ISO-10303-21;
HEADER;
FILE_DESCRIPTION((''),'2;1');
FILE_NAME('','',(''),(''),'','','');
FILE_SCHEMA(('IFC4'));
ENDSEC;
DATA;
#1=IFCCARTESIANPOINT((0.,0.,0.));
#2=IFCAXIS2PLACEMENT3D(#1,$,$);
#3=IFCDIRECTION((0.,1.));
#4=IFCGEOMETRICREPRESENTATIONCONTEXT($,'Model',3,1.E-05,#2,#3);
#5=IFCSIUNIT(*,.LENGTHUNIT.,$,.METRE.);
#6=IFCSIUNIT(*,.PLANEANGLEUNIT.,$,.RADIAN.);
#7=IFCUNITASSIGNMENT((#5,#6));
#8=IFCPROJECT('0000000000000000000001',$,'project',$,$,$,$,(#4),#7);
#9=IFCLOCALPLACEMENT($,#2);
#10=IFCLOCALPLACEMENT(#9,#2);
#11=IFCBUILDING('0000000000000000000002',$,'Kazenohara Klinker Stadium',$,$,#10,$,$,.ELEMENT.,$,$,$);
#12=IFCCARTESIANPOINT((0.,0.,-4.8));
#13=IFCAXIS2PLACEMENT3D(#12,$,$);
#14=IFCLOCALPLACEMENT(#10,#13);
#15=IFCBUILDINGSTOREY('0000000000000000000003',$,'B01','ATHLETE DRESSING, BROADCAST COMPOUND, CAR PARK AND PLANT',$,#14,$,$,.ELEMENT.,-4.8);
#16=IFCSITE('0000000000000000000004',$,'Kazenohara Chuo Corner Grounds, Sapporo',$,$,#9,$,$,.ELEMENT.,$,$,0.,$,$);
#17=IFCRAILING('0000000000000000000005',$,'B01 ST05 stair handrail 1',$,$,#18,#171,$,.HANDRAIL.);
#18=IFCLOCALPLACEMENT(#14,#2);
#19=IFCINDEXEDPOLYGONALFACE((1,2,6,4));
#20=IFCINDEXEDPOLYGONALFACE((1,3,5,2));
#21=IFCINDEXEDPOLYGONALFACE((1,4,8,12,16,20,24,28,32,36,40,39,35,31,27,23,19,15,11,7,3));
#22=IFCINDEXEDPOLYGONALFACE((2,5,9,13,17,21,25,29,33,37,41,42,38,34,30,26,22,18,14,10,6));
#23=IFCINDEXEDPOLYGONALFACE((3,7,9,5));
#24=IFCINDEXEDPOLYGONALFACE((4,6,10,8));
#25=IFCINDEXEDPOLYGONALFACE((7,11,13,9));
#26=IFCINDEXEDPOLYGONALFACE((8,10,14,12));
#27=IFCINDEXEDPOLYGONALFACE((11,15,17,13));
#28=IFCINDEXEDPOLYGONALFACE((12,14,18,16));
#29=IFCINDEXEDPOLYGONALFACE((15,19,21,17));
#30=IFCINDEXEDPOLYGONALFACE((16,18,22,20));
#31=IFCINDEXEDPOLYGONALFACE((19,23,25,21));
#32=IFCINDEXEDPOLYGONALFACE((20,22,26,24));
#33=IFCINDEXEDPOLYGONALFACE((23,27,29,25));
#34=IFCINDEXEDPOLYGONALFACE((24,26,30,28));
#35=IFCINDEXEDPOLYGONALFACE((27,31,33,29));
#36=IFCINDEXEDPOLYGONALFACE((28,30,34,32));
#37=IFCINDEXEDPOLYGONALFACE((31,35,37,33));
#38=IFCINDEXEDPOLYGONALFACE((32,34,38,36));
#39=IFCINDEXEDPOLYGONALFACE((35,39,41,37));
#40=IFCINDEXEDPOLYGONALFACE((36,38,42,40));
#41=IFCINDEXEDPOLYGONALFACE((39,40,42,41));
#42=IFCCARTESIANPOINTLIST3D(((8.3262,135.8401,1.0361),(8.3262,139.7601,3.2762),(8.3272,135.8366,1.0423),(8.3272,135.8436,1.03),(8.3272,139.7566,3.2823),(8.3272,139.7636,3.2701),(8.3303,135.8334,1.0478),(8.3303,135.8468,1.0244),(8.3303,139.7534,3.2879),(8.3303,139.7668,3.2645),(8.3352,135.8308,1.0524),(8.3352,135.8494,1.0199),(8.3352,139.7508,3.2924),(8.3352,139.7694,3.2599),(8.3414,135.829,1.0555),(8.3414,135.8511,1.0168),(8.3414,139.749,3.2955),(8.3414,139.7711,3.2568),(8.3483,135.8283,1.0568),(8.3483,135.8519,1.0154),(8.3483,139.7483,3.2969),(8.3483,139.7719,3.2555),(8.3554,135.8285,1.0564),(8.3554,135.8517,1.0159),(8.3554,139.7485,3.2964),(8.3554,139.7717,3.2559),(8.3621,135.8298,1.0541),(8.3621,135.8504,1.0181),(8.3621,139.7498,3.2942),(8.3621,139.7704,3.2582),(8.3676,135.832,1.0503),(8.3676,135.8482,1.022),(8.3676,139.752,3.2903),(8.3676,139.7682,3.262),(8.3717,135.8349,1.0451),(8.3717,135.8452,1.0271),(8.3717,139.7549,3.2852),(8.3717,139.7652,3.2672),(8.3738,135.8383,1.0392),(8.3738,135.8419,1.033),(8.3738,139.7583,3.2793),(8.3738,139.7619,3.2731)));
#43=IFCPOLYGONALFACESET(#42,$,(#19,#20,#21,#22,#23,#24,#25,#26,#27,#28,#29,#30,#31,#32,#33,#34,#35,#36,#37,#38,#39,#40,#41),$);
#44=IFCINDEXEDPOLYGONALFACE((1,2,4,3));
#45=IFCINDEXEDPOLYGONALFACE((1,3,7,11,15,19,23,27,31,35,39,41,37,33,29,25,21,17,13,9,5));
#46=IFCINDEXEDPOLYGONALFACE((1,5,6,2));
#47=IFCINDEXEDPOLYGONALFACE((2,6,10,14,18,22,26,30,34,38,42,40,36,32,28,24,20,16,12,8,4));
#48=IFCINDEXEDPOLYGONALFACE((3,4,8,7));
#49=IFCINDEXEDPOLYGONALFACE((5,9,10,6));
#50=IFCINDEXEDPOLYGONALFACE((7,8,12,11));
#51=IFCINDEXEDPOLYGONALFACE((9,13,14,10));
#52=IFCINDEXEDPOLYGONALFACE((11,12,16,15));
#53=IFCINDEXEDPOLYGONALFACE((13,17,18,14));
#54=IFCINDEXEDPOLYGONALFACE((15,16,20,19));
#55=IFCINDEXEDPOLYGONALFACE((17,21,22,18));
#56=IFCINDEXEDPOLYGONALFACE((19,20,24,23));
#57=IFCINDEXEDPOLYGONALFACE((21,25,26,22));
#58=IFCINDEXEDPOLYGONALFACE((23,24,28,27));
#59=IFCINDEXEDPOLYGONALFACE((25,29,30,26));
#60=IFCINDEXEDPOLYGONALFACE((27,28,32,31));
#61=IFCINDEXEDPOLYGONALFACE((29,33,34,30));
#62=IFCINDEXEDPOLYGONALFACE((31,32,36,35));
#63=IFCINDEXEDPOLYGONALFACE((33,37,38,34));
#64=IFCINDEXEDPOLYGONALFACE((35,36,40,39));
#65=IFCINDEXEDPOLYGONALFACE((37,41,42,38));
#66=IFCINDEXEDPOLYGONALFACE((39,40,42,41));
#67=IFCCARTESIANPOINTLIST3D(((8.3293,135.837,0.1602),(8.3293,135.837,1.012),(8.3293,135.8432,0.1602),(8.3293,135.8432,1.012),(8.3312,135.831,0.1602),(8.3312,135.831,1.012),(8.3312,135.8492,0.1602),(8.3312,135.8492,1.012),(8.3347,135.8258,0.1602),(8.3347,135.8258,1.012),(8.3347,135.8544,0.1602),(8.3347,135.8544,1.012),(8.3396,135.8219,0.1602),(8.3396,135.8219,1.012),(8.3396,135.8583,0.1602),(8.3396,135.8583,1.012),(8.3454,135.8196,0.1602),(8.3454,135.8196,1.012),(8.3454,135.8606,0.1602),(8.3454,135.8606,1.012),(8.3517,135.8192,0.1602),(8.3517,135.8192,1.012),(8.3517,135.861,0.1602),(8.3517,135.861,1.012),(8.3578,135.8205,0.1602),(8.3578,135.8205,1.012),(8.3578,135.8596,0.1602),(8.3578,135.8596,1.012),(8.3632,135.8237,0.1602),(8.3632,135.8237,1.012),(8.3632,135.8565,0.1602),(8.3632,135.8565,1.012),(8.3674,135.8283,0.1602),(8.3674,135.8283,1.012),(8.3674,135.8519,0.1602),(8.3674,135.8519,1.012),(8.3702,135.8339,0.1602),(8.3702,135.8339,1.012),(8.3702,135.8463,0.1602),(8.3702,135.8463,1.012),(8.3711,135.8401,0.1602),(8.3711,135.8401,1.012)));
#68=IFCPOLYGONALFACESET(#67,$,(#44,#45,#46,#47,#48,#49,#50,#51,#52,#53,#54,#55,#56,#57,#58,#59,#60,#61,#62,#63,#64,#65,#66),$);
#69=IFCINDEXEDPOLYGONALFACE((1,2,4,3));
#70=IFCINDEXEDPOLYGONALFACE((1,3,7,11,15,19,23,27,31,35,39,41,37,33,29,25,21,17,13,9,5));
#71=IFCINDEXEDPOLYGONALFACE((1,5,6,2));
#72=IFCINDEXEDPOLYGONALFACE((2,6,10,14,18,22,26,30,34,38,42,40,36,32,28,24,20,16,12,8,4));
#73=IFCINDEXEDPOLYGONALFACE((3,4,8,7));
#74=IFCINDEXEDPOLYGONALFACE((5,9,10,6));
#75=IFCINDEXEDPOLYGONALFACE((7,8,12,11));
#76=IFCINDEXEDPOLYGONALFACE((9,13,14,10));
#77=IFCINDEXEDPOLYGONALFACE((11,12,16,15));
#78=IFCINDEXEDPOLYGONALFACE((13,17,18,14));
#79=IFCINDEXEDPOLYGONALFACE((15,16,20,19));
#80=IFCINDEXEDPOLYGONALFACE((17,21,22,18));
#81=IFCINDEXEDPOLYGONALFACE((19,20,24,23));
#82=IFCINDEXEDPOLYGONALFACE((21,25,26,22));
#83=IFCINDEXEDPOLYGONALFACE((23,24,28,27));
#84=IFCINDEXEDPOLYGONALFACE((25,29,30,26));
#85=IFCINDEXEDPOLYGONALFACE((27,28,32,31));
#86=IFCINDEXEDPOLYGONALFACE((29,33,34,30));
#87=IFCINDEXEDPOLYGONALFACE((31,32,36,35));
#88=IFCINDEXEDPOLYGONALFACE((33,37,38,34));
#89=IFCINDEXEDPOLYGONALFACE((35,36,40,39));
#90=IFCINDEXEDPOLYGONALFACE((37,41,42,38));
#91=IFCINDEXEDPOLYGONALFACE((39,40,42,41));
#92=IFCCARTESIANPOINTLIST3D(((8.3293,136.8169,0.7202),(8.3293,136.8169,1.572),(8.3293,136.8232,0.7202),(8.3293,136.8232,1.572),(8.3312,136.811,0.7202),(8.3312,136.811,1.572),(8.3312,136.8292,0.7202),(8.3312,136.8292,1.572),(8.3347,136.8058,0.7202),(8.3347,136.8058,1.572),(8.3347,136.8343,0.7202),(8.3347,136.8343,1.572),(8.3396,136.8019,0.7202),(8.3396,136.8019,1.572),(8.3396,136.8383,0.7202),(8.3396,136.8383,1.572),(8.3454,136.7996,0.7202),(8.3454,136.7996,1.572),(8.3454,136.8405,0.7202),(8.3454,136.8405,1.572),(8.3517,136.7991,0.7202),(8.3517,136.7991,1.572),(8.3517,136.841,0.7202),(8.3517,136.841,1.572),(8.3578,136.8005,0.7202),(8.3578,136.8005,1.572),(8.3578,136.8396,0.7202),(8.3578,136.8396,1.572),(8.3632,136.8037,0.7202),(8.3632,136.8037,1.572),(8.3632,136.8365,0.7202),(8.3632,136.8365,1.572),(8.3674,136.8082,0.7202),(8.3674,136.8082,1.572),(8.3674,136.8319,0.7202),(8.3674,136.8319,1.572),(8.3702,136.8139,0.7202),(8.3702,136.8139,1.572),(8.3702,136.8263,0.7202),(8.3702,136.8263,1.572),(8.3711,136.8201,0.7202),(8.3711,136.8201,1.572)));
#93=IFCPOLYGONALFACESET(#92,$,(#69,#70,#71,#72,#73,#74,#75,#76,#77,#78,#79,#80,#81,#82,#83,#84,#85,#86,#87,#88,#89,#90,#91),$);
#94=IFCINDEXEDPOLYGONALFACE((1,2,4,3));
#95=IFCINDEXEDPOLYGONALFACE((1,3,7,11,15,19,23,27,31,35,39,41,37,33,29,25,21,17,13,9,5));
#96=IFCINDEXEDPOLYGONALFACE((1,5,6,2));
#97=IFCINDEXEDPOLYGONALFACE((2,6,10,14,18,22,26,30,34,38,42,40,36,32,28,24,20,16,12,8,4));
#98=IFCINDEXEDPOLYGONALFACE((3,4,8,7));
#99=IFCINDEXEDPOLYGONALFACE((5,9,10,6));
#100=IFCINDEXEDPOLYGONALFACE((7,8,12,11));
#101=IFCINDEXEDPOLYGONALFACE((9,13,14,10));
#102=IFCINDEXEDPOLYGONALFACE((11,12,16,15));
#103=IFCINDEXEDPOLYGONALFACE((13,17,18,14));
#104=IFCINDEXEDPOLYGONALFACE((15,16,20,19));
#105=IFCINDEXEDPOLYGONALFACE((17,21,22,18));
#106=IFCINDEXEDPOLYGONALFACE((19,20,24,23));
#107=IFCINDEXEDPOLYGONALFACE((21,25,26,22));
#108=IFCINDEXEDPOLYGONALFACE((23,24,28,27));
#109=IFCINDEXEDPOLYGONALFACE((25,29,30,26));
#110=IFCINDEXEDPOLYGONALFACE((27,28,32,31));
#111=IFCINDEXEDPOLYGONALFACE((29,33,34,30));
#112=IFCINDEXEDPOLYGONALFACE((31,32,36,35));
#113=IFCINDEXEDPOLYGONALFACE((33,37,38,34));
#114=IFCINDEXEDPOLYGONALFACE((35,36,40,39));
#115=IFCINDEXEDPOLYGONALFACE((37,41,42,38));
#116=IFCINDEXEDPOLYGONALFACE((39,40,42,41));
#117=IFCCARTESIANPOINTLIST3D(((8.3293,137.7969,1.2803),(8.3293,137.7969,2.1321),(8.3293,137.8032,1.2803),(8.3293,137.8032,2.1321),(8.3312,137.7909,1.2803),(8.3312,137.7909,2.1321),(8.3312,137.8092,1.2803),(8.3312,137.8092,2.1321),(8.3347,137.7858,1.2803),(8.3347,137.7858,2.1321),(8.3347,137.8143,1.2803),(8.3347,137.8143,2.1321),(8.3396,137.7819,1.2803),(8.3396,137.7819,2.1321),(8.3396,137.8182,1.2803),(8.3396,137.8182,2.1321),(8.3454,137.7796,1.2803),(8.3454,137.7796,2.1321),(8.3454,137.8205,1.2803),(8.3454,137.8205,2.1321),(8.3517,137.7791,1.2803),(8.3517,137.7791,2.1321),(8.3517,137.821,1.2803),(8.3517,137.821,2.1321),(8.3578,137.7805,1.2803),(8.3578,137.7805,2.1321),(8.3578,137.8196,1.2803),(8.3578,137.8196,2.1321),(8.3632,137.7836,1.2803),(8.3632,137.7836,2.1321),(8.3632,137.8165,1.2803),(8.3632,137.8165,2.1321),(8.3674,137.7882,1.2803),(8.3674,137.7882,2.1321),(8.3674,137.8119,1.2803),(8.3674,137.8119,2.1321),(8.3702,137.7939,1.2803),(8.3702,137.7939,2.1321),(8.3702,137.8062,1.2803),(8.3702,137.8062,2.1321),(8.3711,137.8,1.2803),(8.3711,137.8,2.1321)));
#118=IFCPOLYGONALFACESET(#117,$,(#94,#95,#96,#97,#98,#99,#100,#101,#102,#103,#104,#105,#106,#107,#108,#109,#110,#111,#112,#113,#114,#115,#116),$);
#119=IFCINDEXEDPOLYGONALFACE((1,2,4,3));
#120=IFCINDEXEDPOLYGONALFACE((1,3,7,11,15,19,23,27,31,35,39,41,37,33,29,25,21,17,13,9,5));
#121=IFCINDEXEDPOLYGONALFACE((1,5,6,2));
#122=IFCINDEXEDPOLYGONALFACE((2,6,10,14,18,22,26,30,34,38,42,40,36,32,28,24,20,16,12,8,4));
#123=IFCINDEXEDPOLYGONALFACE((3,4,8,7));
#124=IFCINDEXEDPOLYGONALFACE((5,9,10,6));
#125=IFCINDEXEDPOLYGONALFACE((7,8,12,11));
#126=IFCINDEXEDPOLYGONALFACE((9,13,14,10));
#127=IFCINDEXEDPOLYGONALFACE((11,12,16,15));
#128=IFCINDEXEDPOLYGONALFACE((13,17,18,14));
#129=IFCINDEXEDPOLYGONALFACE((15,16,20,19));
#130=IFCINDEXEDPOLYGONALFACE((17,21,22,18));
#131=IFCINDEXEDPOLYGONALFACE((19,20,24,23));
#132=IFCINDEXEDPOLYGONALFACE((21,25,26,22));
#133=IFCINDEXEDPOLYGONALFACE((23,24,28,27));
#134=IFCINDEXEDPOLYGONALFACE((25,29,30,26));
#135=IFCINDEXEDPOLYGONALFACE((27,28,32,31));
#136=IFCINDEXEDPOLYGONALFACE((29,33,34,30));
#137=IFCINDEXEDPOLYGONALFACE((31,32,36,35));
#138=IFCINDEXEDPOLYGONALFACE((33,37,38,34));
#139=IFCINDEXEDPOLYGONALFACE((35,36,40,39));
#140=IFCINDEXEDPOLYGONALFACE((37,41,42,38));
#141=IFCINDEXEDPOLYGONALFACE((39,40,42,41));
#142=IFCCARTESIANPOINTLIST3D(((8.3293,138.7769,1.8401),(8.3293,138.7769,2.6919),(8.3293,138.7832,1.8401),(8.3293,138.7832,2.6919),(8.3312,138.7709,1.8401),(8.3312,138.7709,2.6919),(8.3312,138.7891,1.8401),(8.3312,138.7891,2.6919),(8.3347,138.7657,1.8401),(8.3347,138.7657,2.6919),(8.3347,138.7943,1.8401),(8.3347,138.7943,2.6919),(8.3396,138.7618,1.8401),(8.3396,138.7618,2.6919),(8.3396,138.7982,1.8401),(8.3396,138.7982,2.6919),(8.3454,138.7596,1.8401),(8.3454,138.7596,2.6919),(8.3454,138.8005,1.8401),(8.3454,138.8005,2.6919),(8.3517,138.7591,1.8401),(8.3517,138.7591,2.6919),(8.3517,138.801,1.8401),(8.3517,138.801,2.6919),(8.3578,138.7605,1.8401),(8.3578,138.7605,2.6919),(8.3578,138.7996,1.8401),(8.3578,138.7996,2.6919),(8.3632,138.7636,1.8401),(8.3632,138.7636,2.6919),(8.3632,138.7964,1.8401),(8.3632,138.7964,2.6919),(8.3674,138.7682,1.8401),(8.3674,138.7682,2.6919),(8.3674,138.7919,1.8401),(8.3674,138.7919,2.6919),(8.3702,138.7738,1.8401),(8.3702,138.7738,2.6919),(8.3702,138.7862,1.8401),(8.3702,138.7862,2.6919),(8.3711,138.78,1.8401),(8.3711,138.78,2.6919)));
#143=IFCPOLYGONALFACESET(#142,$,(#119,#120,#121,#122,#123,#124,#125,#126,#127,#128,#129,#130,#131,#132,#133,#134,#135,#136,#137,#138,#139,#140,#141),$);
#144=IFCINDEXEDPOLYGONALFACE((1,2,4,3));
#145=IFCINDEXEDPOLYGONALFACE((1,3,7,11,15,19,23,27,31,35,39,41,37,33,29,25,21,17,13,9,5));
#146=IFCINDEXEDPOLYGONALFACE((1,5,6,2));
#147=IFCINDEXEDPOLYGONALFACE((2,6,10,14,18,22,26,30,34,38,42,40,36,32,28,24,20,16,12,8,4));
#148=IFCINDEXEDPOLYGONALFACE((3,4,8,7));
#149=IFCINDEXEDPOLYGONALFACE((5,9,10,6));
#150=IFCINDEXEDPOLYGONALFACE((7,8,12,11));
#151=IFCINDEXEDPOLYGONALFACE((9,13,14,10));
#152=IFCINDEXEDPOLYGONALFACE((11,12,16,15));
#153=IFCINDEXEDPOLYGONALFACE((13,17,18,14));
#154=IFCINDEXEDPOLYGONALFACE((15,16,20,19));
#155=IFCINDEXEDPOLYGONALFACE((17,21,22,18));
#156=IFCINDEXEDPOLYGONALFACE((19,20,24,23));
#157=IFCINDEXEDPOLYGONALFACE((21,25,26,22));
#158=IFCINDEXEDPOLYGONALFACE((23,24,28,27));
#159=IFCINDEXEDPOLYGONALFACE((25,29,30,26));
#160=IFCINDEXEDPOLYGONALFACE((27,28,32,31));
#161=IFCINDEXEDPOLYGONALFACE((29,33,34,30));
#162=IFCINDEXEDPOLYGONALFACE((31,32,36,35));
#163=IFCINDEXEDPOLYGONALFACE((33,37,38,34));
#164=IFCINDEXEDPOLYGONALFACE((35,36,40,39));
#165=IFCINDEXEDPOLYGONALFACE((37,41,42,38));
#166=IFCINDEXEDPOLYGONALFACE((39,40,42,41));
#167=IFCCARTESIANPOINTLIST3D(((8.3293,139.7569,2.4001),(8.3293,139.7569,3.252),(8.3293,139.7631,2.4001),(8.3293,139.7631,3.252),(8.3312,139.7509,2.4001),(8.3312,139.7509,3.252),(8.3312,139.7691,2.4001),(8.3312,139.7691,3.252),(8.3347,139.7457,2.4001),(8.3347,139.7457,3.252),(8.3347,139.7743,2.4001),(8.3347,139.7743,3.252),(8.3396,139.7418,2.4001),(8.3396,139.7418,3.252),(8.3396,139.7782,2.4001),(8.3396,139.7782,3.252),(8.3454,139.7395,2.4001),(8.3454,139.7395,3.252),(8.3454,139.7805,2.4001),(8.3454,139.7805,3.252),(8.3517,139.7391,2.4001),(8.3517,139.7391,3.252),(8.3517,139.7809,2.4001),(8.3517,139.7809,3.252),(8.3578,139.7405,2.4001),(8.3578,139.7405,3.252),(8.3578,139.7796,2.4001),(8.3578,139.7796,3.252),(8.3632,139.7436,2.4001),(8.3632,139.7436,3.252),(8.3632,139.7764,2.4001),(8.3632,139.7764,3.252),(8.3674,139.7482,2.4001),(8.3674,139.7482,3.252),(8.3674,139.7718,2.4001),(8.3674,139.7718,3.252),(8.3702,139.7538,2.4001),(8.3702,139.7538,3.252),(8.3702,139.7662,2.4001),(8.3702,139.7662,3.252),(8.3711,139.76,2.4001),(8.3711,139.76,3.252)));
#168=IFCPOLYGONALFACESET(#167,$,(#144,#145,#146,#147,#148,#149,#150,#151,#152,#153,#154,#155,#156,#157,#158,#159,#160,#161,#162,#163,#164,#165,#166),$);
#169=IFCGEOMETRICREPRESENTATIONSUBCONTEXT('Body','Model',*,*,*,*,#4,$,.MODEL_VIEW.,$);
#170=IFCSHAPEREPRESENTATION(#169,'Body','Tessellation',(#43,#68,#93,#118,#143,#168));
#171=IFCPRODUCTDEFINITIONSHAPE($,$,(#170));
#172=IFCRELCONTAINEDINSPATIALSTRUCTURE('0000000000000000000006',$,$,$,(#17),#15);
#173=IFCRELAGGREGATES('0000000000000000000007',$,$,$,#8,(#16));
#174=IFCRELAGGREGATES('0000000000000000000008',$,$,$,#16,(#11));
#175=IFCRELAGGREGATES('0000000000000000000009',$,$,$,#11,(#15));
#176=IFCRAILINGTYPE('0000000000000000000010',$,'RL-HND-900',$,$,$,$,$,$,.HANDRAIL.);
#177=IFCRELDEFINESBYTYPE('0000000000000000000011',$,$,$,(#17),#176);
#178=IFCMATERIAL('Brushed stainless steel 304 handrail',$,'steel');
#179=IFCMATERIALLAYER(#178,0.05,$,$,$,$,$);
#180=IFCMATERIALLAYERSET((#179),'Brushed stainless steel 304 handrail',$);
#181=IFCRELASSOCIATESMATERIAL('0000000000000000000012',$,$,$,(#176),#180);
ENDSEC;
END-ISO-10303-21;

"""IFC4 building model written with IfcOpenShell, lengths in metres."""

from ifc_helpers import new_model, si_unit, direction, frame, origin, origin_2d, place, context, subcontext, project, spatial, circle, extrude, material, layer, layer_set, type_object, element, save


model = new_model("IFC4")

# Units and contexts
model_context = context("Model", 3, precision=1e-05, world=origin(), true_north=direction((0.0, 1.0)))
body_context = subcontext(model_context, "Body", "Model", "MODEL_VIEW")
ifc_project = project(units=[si_unit("LENGTHUNIT", "METRE"), si_unit("PLANEANGLEUNIT", "RADIAN")], contexts=[model_context])

# Site, building, storey
site_placement = place(None, origin())
site = spatial("IfcSite", under=ifc_project, at=site_placement, Name="Kazenohara Chuo Corner Grounds, Sapporo", CompositionType="ELEMENT", RefElevation=0.0)
building_placement = place(site_placement, origin())
building = spatial("IfcBuilding", under=site, at=building_placement, Name="Kazenohara Klinker Stadium", CompositionType="ELEMENT")
storey_placement = place(building_placement, frame((0.0, 0.0, -4.8)))
storey = spatial("IfcBuildingStorey", under=building, at=storey_placement, Name="B01", Description="ATHLETE DRESSING, BROADCAST COMPOUND, CAR PARK AND PLANT", CompositionType="ELEMENT", Elevation=-4.8)

# Railing
ifc_material_1 = material(Name="Brushed stainless steel 304 handrail", Category="steel")
ifc_layer_1 = layer(ifc_material_1, 0.05)
ifc_layer_set_1 = layer_set([ifc_layer_1], Name="Brushed stainless steel 304 handrail")
railing_type_1 = type_object("IfcRailingType", Name="RL-HND-900", PredefinedType="HANDRAIL", material=ifc_layer_set_1)
railing_1_placement = place(storey_placement, frame((8.3501, 135.8401, 0.1602)))
element("IfcRailing", 1, at=railing_1_placement, inside=storey, type_object=railing_type_1, Name="B01 ST05 stair handrail 1", PredefinedType="HANDRAIL", context=body_context, shape_type="SweptSolid", body=[
    extrude(circle(Radius=0.0239, at=origin_2d()), frame((0.0, 0.0, 0.876), z_axis=(0.0, 0.86824, 0.496145), x_axis=(-1.0, 0.0, 0.0)), (0.0, 0.0, 1.0), 4.5149),
    extrude(circle(Radius=0.021, at=origin_2d()), origin(), (0.0, 0.0, 1.0), 0.8518),
    extrude(circle(Radius=0.021, at=origin_2d()), frame((0.0, 0.98, 0.5601)), (0.0, 0.0, 1.0), 0.8518),
    extrude(circle(Radius=0.021, at=origin_2d()), frame((0.0, 1.96, 1.1201)), (0.0, 0.0, 1.0), 0.8518),
    extrude(circle(Radius=0.021, at=origin_2d()), frame((0.0, 2.9399, 1.6799)), (0.0, 0.0, 1.0), 0.8518),
    extrude(circle(Radius=0.021, at=origin_2d()), frame((0.0, 3.9199, 2.24)), (0.0, 0.0, 1.0), 0.8518),
])

save(model, "model.ifc")
